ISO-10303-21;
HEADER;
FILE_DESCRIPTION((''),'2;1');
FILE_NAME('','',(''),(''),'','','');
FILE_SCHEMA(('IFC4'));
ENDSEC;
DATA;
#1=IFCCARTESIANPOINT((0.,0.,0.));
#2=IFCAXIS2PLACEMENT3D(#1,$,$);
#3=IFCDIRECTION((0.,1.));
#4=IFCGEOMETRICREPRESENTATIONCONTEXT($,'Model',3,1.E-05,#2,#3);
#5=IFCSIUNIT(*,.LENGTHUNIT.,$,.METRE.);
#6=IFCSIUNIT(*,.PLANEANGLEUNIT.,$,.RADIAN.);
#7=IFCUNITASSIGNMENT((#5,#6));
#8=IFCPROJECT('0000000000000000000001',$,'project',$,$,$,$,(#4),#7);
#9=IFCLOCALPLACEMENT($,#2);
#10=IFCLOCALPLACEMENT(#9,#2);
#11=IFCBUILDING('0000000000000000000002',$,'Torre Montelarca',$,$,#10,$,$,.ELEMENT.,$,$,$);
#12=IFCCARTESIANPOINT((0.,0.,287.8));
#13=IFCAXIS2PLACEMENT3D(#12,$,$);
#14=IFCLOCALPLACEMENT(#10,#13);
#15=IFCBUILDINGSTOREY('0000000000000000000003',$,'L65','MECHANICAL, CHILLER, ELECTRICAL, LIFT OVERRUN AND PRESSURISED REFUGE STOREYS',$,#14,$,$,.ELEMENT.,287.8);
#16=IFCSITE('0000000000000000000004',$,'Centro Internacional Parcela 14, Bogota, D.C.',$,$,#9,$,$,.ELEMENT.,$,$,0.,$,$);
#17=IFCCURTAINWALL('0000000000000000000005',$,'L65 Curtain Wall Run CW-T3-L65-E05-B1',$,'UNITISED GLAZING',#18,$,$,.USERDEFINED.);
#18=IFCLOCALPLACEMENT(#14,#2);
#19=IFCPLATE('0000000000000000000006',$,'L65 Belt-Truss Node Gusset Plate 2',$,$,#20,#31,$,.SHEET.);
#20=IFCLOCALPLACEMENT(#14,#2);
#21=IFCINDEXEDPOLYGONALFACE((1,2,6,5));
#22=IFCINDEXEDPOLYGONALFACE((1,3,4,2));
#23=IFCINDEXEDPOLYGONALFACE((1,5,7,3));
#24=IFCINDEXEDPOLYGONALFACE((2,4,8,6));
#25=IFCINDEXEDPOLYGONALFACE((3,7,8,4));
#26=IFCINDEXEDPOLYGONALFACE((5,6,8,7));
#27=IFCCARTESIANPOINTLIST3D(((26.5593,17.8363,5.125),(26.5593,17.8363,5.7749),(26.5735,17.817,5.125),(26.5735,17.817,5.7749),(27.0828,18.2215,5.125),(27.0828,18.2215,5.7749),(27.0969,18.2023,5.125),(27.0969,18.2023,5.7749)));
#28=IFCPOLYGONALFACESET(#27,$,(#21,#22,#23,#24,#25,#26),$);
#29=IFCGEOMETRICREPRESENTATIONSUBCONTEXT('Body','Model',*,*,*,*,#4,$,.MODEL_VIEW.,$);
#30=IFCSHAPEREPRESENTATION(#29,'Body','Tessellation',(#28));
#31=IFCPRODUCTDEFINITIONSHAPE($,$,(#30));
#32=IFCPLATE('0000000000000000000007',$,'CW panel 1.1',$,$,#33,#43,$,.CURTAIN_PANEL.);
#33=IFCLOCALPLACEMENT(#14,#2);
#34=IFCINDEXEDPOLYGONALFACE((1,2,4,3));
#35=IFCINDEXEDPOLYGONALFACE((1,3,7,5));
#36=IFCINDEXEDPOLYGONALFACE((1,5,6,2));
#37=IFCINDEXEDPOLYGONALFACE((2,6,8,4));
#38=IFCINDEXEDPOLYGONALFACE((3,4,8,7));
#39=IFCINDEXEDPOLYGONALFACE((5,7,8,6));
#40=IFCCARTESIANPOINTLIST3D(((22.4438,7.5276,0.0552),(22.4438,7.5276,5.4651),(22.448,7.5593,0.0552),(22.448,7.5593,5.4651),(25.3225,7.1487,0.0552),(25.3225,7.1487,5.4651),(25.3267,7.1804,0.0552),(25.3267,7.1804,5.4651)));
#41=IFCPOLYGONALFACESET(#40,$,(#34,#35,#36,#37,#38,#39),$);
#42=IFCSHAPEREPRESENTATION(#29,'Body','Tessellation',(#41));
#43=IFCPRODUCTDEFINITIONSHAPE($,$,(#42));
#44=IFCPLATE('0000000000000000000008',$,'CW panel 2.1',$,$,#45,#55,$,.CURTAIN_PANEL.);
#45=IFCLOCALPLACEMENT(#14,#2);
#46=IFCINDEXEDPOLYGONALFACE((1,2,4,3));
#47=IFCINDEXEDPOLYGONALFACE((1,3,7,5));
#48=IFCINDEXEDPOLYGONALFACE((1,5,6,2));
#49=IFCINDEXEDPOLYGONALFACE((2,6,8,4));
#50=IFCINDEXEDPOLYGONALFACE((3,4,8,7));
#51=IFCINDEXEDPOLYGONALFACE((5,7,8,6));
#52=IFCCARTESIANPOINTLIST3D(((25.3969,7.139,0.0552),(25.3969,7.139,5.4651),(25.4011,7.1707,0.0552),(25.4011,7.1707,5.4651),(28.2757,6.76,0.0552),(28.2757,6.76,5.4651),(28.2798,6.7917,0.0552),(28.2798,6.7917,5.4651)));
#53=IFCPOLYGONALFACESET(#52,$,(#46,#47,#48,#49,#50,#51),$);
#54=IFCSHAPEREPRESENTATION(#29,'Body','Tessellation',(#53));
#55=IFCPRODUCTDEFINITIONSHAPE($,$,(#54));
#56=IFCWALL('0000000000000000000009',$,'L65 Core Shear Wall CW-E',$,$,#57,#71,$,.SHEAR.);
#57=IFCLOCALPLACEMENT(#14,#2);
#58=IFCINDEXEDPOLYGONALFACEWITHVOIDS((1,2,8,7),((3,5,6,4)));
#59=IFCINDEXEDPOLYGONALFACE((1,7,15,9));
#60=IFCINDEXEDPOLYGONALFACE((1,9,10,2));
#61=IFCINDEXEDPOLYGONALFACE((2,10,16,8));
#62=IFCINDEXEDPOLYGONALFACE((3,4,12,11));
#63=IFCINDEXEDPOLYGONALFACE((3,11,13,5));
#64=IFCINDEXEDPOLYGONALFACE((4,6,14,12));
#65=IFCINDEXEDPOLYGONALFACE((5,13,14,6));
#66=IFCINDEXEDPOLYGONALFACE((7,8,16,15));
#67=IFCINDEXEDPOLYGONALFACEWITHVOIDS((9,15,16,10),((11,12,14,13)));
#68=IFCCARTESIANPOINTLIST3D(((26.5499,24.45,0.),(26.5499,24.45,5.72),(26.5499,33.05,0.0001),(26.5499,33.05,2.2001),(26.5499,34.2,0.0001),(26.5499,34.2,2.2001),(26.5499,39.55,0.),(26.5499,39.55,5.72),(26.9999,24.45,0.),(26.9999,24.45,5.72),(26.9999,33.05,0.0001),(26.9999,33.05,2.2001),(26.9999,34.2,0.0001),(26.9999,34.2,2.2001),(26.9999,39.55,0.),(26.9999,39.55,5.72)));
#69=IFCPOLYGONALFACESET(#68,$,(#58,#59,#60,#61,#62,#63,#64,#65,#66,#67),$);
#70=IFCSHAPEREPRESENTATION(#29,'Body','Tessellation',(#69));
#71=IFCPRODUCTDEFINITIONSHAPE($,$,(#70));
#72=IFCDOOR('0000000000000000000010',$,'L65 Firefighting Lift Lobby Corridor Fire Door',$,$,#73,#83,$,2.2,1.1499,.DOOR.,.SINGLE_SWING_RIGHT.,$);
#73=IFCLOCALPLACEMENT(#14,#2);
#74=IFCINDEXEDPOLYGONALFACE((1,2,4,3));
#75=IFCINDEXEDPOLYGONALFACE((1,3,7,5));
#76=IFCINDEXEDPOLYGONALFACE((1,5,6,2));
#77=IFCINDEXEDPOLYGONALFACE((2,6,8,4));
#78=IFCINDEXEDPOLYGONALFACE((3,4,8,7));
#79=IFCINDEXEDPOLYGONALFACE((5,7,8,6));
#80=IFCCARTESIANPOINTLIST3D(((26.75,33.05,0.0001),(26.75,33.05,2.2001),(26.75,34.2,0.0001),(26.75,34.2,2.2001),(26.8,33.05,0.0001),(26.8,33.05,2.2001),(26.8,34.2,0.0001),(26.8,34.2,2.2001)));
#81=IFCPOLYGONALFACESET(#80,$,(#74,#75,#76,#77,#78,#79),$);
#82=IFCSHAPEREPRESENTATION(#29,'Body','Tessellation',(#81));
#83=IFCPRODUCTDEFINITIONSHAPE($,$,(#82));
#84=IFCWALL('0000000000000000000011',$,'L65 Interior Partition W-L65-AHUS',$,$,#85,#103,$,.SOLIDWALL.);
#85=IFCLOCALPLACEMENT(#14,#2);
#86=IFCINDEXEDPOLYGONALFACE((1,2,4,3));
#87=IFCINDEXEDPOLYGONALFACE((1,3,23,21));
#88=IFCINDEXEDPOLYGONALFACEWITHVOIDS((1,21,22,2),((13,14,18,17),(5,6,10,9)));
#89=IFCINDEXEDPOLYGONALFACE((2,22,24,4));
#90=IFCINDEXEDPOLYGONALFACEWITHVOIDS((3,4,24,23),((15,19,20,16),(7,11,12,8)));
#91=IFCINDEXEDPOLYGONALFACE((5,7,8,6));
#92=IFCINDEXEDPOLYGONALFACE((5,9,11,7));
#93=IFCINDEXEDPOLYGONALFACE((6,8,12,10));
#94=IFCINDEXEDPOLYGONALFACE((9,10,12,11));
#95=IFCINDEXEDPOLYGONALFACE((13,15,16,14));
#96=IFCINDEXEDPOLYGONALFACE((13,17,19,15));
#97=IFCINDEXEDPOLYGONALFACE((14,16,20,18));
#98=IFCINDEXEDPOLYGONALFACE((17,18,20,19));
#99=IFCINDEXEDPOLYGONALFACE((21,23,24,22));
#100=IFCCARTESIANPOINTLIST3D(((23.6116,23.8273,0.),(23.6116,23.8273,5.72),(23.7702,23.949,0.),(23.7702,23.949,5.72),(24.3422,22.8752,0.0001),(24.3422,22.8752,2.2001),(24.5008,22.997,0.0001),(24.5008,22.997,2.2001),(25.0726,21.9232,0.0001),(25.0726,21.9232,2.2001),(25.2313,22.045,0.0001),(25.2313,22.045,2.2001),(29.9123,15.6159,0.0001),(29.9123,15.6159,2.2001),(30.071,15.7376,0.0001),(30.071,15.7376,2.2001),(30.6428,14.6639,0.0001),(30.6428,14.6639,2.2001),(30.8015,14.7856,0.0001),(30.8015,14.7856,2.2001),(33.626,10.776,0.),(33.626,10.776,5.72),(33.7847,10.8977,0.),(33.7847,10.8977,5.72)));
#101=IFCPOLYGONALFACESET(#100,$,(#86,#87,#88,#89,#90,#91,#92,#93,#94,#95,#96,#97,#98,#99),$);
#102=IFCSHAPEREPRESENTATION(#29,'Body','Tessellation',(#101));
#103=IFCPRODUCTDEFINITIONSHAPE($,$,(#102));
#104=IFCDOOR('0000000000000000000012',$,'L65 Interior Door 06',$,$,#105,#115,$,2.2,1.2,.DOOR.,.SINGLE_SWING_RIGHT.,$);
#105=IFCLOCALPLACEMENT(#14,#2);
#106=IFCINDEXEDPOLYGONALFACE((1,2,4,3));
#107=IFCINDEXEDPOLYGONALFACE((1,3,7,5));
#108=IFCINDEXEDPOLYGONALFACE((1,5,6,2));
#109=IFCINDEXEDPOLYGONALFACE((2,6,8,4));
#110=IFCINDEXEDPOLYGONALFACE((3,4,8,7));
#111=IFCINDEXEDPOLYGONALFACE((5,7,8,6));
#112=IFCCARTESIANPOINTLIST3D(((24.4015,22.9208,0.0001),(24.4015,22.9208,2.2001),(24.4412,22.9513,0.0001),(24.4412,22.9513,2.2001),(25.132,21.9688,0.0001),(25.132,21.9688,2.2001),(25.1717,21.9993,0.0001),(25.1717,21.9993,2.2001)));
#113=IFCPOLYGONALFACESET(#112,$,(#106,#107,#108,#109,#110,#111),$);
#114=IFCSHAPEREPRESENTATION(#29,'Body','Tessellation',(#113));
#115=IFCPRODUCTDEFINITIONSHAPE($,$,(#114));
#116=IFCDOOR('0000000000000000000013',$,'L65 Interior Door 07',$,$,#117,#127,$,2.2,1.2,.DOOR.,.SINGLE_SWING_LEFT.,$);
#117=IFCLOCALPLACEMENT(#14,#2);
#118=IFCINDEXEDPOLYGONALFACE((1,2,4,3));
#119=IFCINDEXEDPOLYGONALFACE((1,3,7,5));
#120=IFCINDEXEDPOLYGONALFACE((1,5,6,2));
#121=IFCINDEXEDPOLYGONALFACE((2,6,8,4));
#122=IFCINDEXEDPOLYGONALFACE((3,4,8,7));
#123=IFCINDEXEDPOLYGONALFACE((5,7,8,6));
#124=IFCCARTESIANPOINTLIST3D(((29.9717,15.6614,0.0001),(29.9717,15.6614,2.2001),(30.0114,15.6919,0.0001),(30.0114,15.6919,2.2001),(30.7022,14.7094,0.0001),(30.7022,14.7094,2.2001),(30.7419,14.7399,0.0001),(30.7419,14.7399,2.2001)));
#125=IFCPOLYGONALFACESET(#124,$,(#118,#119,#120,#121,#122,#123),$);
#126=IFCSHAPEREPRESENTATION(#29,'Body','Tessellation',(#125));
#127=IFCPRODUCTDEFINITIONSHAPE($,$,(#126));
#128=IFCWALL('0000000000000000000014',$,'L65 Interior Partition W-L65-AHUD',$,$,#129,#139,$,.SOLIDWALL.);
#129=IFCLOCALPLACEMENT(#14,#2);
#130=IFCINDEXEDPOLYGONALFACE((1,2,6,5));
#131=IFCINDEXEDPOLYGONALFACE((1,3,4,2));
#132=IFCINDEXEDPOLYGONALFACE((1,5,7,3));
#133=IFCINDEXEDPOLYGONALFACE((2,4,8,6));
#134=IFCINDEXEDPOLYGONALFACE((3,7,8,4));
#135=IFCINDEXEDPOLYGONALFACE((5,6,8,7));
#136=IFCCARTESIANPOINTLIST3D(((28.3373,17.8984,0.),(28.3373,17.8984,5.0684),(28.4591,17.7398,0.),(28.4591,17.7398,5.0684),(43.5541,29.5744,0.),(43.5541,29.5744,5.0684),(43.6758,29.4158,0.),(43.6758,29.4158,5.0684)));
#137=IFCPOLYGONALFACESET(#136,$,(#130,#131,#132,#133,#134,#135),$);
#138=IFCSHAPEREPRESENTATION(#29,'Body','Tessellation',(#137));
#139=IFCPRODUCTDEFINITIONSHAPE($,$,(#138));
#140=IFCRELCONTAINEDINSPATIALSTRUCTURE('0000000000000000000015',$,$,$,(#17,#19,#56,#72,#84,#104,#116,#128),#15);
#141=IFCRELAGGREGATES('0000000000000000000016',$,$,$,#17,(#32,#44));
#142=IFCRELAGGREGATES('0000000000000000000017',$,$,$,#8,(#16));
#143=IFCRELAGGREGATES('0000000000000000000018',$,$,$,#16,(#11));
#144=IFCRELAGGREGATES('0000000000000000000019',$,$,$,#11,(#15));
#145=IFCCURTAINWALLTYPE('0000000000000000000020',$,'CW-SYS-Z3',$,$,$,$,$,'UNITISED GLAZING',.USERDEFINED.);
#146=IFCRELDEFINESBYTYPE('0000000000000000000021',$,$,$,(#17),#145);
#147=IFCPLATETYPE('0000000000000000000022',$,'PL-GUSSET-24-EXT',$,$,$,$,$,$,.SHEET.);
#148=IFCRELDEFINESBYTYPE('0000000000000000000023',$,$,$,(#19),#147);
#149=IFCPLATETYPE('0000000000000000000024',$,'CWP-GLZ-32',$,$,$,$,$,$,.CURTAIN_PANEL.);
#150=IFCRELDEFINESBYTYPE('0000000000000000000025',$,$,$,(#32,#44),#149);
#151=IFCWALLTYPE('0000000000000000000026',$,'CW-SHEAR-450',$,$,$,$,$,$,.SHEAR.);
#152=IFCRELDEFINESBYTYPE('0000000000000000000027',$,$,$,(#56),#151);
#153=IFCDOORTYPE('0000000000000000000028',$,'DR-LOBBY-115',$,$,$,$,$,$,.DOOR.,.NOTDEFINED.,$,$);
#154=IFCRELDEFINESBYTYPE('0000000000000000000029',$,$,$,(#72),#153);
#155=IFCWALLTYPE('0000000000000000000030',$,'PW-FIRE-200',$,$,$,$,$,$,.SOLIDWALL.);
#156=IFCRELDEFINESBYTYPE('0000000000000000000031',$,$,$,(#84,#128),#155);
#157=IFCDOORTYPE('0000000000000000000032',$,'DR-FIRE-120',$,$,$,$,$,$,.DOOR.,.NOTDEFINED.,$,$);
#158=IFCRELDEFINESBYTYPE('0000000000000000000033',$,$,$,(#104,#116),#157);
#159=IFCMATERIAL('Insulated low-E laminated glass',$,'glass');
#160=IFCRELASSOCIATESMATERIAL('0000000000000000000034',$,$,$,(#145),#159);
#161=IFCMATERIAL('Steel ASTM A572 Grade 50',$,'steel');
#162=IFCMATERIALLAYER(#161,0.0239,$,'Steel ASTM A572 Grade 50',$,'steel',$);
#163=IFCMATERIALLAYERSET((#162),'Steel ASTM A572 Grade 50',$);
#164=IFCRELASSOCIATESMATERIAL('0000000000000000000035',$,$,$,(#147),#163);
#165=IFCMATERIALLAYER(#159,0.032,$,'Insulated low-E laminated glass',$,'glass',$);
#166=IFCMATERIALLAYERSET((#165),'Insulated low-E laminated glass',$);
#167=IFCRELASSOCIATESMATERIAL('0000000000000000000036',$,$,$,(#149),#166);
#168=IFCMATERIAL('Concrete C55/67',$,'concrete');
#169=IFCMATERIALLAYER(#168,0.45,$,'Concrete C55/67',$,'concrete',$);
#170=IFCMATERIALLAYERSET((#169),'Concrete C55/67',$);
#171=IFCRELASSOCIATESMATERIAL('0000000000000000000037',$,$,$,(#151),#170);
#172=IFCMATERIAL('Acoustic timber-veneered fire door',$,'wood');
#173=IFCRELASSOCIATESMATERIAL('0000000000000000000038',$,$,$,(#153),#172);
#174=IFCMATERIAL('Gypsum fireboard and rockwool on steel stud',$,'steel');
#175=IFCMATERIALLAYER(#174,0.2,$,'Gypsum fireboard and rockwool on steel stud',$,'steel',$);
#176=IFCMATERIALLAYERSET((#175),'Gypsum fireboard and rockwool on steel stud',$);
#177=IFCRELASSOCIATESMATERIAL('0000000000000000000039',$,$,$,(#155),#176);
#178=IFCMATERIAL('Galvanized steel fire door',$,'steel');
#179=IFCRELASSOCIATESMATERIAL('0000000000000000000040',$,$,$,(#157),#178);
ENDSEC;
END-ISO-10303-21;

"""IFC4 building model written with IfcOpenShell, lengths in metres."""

from ifc_helpers import new_model, si_unit, direction, frame, frame_2d, origin, origin_2d, place, context, subcontext, project, spatial, rectangle, extrude, source, transform, mapped, material, layer, layer_set, type_object, element, fill, aggregate, save


model = new_model("IFC4")

# Units and contexts
model_context = context("Model", 3, precision=1e-05, world=origin(), true_north=direction((0.0, 1.0)))
body_context = subcontext(model_context, "Body", "Model", "MODEL_VIEW")
ifc_project = project(units=[si_unit("LENGTHUNIT", "METRE"), si_unit("PLANEANGLEUNIT", "RADIAN")], contexts=[model_context])

# Site, building, storey
site_placement = place(None, origin())
site = spatial("IfcSite", under=ifc_project, at=site_placement, Name="Centro Internacional Parcela 14, Bogota, D.C.", CompositionType="ELEMENT", RefElevation=0.0)
building_placement = place(site_placement, origin())
building = spatial("IfcBuilding", under=site, at=building_placement, Name="Torre Montelarca", CompositionType="ELEMENT")
storey_placement = place(building_placement, frame((0.0, 0.0, 287.8)))
storey = spatial("IfcBuildingStorey", under=building, at=storey_placement, Name="L65", Description="MECHANICAL, CHILLER, ELECTRICAL, LIFT OVERRUN AND PRESSURISED REFUGE STOREYS", CompositionType="ELEMENT", Elevation=287.8)

# Shared definitions
ifc_material_1 = material(Name="Concrete C55/67", Category="concrete")

# Curtain wall
ifc_material_2 = material(Name="Insulated low-E laminated glass", Category="glass")
curtain_wall_type = type_object("IfcCurtainWallType", Name="CW-SYS-Z3", ElementType="UNITISED GLAZING", PredefinedType="USERDEFINED", material=ifc_material_2)
curtain_wall_placement = place(storey_placement, origin())
curtain_wall = element("IfcCurtainWall", 1, at=curtain_wall_placement, inside=storey, type_object=curtain_wall_type, Name="L65 Curtain Wall Run CW-T3-L65-E05-B1", ObjectType="UNITISED GLAZING", PredefinedType="USERDEFINED")

# Plate
ifc_material_3 = material(Name="Steel ASTM A572 Grade 50", Category="steel")
ifc_layer_1 = layer(ifc_material_3, 0.0239, Name="Steel ASTM A572 Grade 50", Category="steel")
ifc_layer_set_1 = layer_set([ifc_layer_1], Name="Steel ASTM A572 Grade 50")
plate_type_1 = type_object("IfcPlateType", Name="PL-GUSSET-24-EXT", PredefinedType="SHEET", material=ifc_layer_set_1)
shared_shape_1 = source(origin(), body_context, "Body", "SweptSolid", [
    extrude(rectangle(XDim=0.6499, YDim=0.0239, at=origin_2d()), origin(), (0.0, 0.0, 1.0), 0.6499),
])
plate_1_placement = place(storey_placement, frame((26.8281, 18.0193, 5.125), z_axis=(0.0, 0.0, 1.0), x_axis=(0.805411, 0.592716, 0.0)))
element("IfcPlate", 2, at=plate_1_placement, inside=storey, type_object=plate_type_1, Name="L65 Belt-Truss Node Gusset Plate 2", PredefinedType="SHEET", context=body_context, shape_type="MappedRepresentation", body=[
    mapped(shared_shape_1, transform((0.0, 0.0, 0.0), scale=1.0)),
])

# Plates
ifc_layer_2 = layer(ifc_material_2, 0.032, Name="Insulated low-E laminated glass", Category="glass")
ifc_layer_set_2 = layer_set([ifc_layer_2], Name="Insulated low-E laminated glass")
plate_type_2 = type_object("IfcPlateType", Name="CWP-GLZ-32", PredefinedType="CURTAIN_PANEL", material=ifc_layer_set_2)
shared_shape_2 = source(origin(), body_context, "Body", "SweptSolid", [
    extrude(rectangle(XDim=2.9036, YDim=0.032, at=origin_2d()), origin(), (0.0, 0.0, 1.0), 5.4099),
])
plate_2_placement = place(storey_placement, frame((23.8853, 7.354, 0.0552), z_axis=(0.0, 0.0, 1.0), x_axis=(0.991446, -0.130514, 0.0)))
plate_2 = element("IfcPlate", 3, at=plate_2_placement, type_object=plate_type_2, Name="CW panel 1.1", PredefinedType="CURTAIN_PANEL", context=body_context, shape_type="MappedRepresentation", body=[
    mapped(shared_shape_2, transform((0.0, 0.0, 0.0), scale=1.0)),
])
plate_3_placement = place(storey_placement, frame((26.8384, 6.9653, 0.0552), z_axis=(0.0, 0.0, 1.0), x_axis=(0.991446, -0.130514, 0.0)))
plate_3 = element("IfcPlate", 4, at=plate_3_placement, type_object=plate_type_2, Name="CW panel 2.1", PredefinedType="CURTAIN_PANEL", context=body_context, shape_type="MappedRepresentation", body=[
    mapped(shared_shape_2, transform((0.0, 0.0, 0.0), scale=1.0)),
])
aggregate(curtain_wall, [plate_2, plate_3])

# Wall, opening, door
ifc_layer_3 = layer(ifc_material_1, 0.45, Name="Concrete C55/67", Category="concrete")
ifc_layer_set_3 = layer_set([ifc_layer_3], Name="Concrete C55/67")
wall_type_1 = type_object("IfcWallType", Name="CW-SHEAR-450", PredefinedType="SHEAR", material=ifc_layer_set_3)
wall_1_placement = place(storey_placement, frame((26.7749, 24.45, 0.0), z_axis=(0.0, 0.0, 1.0), x_axis=(0.0, 1.0, 0.0)))
wall_1 = element("IfcWall", 5, at=wall_1_placement, inside=storey, type_object=wall_type_1, Name="L65 Core Shear Wall CW-E", PredefinedType="SHEAR", context=body_context, shape_type="SweptSolid", body=[
    extrude(rectangle(XDim=15.1001, YDim=0.45, at=frame_2d((7.55, 0.0))), origin(), (0.0, 0.0, 1.0), 5.72),
])
opening_1_placement = place(wall_1_placement, frame((8.6001, 0.0, 0.0)))
opening_1 = element("IfcOpeningElement", 6, at=opening_1_placement, cuts=wall_1, PredefinedType="OPENING", context=body_context, shape_type="SweptSolid", body=[
    extrude(rectangle(XDim=1.1499, YDim=2.2, at=frame_2d((0.575, 1.1001))), frame((0.0, 0.2349, 0.0), z_axis=(0.0, -1.0, 0.0), x_axis=(1.0, 0.0, 0.0)), (0.0, 0.0, 1.0), 0.47),
])
ifc_material_4 = material(Name="Acoustic timber-veneered fire door", Category="wood")
door_type_1 = type_object("IfcDoorType", Name="DR-LOBBY-115", OperationType="NOTDEFINED", PredefinedType="DOOR", material=ifc_material_4)
shared_shape_3 = source(origin(), body_context, "Body", "SweptSolid", [
    extrude(rectangle(XDim=1.1499, YDim=2.2, at=frame_2d((0.575, 1.1001))), frame((0.0, 0.0249, 0.0), z_axis=(0.0, -1.0, 0.0), x_axis=(1.0, 0.0, 0.0)), (0.0, 0.0, 1.0), 0.05),
])
door_1_placement = place(opening_1_placement, origin())
door_1 = element("IfcDoor", 7, at=door_1_placement, inside=storey, type_object=door_type_1, Name="L65 Firefighting Lift Lobby Corridor Fire Door", OperationType="SINGLE_SWING_RIGHT", OverallHeight=2.2, OverallWidth=1.1499, PredefinedType="DOOR", context=body_context, shape_type="MappedRepresentation", body=[
    mapped(shared_shape_3, transform((0.0, 0.0, 0.0), scale=1.0)),
])
fill(opening_1, door_1)

# Wall, openings, doors
ifc_material_5 = material(Name="Gypsum fireboard and rockwool on steel stud", Category="steel")
ifc_layer_4 = layer(ifc_material_5, 0.2, Name="Gypsum fireboard and rockwool on steel stud", Category="steel")
ifc_layer_set_4 = layer_set([ifc_layer_4], Name="Gypsum fireboard and rockwool on steel stud")
wall_type_2 = type_object("IfcWallType", Name="PW-FIRE-200", PredefinedType="SOLIDWALL", material=ifc_layer_set_4)
wall_2_placement = place(storey_placement, frame((23.6909, 23.8882, 0.0), z_axis=(0.0, 0.0, 1.0), x_axis=(0.608754, -0.793359, 0.0)))
wall_2 = element("IfcWall", 8, at=wall_2_placement, inside=storey, type_object=wall_type_2, Name="L65 Interior Partition W-L65-AHUS", PredefinedType="SOLIDWALL", context=body_context, shape_type="SweptSolid", body=[
    extrude(rectangle(XDim=16.4507, YDim=0.2, at=frame_2d((8.2253, 0.0))), origin(), (0.0, 0.0, 1.0), 5.72),
])
opening_2_placement = place(wall_2_placement, frame((1.2, 0.0, 0.0)))
opening_2 = element("IfcOpeningElement", 9, at=opening_2_placement, cuts=wall_2, PredefinedType="OPENING", context=body_context, shape_type="SweptSolid", body=[
    extrude(rectangle(XDim=1.2, YDim=2.2, at=frame_2d((0.6001, 1.1001))), frame((0.0, 0.1099, 0.0), z_axis=(0.0, -1.0, 0.0), x_axis=(1.0, 0.0, 0.0)), (0.0, 0.0, 1.0), 0.22),
])
opening_3_placement = place(wall_2_placement, frame((10.3501, 0.0, 0.0)))
opening_3 = element("IfcOpeningElement", 10, at=opening_3_placement, cuts=wall_2, PredefinedType="OPENING", context=body_context, shape_type="SweptSolid", body=[
    extrude(rectangle(XDim=1.2, YDim=2.2, at=frame_2d((0.6001, 1.1001))), frame((0.0, 0.1099, 0.0), z_axis=(0.0, -1.0, 0.0), x_axis=(1.0, 0.0, 0.0)), (0.0, 0.0, 1.0), 0.22),
])
ifc_material_6 = material(Name="Galvanized steel fire door", Category="steel")
door_type_2 = type_object("IfcDoorType", Name="DR-FIRE-120", OperationType="NOTDEFINED", PredefinedType="DOOR", material=ifc_material_6)
shared_shape_4 = source(origin(), body_context, "Body", "SweptSolid", [
    extrude(rectangle(XDim=1.2, YDim=2.2, at=frame_2d((0.6001, 1.1001))), frame((0.0, 0.0249, 0.0), z_axis=(0.0, -1.0, 0.0), x_axis=(1.0, 0.0, 0.0)), (0.0, 0.0, 1.0), 0.05),
])
door_2_placement = place(opening_2_placement, origin())
door_2 = element("IfcDoor", 11, at=door_2_placement, inside=storey, type_object=door_type_2, Name="L65 Interior Door 06", OperationType="SINGLE_SWING_RIGHT", OverallHeight=2.2, OverallWidth=1.2, PredefinedType="DOOR", context=body_context, shape_type="MappedRepresentation", body=[
    mapped(shared_shape_4, transform((0.0, 0.0, 0.0), scale=1.0)),
])
fill(opening_2, door_2)
door_3_placement = place(opening_3_placement, origin())
door_3 = element("IfcDoor", 12, at=door_3_placement, inside=storey, type_object=door_type_2, Name="L65 Interior Door 07", OperationType="SINGLE_SWING_LEFT", OverallHeight=2.2, OverallWidth=1.2, PredefinedType="DOOR", context=body_context, shape_type="MappedRepresentation", body=[
    mapped(shared_shape_4, transform((0.0, 0.0, 0.0), scale=1.0)),
])
fill(opening_3, door_3)

# Wall
wall_3_placement = place(storey_placement, frame((28.3982, 17.8191, 0.0), z_axis=(0.0, 0.0, 1.0), x_axis=(0.793359, 0.608754, 0.0)))
element("IfcWall", 13, at=wall_3_placement, inside=storey, type_object=wall_type_2, Name="L65 Interior Partition W-L65-AHUD", PredefinedType="SOLIDWALL", context=body_context, shape_type="SweptSolid", body=[
    extrude(rectangle(XDim=19.1802, YDim=0.2, at=frame_2d((9.5901, 0.0))), origin(), (0.0, 0.0, 1.0), 5.0684),
])

save(model, "model.ifc")
